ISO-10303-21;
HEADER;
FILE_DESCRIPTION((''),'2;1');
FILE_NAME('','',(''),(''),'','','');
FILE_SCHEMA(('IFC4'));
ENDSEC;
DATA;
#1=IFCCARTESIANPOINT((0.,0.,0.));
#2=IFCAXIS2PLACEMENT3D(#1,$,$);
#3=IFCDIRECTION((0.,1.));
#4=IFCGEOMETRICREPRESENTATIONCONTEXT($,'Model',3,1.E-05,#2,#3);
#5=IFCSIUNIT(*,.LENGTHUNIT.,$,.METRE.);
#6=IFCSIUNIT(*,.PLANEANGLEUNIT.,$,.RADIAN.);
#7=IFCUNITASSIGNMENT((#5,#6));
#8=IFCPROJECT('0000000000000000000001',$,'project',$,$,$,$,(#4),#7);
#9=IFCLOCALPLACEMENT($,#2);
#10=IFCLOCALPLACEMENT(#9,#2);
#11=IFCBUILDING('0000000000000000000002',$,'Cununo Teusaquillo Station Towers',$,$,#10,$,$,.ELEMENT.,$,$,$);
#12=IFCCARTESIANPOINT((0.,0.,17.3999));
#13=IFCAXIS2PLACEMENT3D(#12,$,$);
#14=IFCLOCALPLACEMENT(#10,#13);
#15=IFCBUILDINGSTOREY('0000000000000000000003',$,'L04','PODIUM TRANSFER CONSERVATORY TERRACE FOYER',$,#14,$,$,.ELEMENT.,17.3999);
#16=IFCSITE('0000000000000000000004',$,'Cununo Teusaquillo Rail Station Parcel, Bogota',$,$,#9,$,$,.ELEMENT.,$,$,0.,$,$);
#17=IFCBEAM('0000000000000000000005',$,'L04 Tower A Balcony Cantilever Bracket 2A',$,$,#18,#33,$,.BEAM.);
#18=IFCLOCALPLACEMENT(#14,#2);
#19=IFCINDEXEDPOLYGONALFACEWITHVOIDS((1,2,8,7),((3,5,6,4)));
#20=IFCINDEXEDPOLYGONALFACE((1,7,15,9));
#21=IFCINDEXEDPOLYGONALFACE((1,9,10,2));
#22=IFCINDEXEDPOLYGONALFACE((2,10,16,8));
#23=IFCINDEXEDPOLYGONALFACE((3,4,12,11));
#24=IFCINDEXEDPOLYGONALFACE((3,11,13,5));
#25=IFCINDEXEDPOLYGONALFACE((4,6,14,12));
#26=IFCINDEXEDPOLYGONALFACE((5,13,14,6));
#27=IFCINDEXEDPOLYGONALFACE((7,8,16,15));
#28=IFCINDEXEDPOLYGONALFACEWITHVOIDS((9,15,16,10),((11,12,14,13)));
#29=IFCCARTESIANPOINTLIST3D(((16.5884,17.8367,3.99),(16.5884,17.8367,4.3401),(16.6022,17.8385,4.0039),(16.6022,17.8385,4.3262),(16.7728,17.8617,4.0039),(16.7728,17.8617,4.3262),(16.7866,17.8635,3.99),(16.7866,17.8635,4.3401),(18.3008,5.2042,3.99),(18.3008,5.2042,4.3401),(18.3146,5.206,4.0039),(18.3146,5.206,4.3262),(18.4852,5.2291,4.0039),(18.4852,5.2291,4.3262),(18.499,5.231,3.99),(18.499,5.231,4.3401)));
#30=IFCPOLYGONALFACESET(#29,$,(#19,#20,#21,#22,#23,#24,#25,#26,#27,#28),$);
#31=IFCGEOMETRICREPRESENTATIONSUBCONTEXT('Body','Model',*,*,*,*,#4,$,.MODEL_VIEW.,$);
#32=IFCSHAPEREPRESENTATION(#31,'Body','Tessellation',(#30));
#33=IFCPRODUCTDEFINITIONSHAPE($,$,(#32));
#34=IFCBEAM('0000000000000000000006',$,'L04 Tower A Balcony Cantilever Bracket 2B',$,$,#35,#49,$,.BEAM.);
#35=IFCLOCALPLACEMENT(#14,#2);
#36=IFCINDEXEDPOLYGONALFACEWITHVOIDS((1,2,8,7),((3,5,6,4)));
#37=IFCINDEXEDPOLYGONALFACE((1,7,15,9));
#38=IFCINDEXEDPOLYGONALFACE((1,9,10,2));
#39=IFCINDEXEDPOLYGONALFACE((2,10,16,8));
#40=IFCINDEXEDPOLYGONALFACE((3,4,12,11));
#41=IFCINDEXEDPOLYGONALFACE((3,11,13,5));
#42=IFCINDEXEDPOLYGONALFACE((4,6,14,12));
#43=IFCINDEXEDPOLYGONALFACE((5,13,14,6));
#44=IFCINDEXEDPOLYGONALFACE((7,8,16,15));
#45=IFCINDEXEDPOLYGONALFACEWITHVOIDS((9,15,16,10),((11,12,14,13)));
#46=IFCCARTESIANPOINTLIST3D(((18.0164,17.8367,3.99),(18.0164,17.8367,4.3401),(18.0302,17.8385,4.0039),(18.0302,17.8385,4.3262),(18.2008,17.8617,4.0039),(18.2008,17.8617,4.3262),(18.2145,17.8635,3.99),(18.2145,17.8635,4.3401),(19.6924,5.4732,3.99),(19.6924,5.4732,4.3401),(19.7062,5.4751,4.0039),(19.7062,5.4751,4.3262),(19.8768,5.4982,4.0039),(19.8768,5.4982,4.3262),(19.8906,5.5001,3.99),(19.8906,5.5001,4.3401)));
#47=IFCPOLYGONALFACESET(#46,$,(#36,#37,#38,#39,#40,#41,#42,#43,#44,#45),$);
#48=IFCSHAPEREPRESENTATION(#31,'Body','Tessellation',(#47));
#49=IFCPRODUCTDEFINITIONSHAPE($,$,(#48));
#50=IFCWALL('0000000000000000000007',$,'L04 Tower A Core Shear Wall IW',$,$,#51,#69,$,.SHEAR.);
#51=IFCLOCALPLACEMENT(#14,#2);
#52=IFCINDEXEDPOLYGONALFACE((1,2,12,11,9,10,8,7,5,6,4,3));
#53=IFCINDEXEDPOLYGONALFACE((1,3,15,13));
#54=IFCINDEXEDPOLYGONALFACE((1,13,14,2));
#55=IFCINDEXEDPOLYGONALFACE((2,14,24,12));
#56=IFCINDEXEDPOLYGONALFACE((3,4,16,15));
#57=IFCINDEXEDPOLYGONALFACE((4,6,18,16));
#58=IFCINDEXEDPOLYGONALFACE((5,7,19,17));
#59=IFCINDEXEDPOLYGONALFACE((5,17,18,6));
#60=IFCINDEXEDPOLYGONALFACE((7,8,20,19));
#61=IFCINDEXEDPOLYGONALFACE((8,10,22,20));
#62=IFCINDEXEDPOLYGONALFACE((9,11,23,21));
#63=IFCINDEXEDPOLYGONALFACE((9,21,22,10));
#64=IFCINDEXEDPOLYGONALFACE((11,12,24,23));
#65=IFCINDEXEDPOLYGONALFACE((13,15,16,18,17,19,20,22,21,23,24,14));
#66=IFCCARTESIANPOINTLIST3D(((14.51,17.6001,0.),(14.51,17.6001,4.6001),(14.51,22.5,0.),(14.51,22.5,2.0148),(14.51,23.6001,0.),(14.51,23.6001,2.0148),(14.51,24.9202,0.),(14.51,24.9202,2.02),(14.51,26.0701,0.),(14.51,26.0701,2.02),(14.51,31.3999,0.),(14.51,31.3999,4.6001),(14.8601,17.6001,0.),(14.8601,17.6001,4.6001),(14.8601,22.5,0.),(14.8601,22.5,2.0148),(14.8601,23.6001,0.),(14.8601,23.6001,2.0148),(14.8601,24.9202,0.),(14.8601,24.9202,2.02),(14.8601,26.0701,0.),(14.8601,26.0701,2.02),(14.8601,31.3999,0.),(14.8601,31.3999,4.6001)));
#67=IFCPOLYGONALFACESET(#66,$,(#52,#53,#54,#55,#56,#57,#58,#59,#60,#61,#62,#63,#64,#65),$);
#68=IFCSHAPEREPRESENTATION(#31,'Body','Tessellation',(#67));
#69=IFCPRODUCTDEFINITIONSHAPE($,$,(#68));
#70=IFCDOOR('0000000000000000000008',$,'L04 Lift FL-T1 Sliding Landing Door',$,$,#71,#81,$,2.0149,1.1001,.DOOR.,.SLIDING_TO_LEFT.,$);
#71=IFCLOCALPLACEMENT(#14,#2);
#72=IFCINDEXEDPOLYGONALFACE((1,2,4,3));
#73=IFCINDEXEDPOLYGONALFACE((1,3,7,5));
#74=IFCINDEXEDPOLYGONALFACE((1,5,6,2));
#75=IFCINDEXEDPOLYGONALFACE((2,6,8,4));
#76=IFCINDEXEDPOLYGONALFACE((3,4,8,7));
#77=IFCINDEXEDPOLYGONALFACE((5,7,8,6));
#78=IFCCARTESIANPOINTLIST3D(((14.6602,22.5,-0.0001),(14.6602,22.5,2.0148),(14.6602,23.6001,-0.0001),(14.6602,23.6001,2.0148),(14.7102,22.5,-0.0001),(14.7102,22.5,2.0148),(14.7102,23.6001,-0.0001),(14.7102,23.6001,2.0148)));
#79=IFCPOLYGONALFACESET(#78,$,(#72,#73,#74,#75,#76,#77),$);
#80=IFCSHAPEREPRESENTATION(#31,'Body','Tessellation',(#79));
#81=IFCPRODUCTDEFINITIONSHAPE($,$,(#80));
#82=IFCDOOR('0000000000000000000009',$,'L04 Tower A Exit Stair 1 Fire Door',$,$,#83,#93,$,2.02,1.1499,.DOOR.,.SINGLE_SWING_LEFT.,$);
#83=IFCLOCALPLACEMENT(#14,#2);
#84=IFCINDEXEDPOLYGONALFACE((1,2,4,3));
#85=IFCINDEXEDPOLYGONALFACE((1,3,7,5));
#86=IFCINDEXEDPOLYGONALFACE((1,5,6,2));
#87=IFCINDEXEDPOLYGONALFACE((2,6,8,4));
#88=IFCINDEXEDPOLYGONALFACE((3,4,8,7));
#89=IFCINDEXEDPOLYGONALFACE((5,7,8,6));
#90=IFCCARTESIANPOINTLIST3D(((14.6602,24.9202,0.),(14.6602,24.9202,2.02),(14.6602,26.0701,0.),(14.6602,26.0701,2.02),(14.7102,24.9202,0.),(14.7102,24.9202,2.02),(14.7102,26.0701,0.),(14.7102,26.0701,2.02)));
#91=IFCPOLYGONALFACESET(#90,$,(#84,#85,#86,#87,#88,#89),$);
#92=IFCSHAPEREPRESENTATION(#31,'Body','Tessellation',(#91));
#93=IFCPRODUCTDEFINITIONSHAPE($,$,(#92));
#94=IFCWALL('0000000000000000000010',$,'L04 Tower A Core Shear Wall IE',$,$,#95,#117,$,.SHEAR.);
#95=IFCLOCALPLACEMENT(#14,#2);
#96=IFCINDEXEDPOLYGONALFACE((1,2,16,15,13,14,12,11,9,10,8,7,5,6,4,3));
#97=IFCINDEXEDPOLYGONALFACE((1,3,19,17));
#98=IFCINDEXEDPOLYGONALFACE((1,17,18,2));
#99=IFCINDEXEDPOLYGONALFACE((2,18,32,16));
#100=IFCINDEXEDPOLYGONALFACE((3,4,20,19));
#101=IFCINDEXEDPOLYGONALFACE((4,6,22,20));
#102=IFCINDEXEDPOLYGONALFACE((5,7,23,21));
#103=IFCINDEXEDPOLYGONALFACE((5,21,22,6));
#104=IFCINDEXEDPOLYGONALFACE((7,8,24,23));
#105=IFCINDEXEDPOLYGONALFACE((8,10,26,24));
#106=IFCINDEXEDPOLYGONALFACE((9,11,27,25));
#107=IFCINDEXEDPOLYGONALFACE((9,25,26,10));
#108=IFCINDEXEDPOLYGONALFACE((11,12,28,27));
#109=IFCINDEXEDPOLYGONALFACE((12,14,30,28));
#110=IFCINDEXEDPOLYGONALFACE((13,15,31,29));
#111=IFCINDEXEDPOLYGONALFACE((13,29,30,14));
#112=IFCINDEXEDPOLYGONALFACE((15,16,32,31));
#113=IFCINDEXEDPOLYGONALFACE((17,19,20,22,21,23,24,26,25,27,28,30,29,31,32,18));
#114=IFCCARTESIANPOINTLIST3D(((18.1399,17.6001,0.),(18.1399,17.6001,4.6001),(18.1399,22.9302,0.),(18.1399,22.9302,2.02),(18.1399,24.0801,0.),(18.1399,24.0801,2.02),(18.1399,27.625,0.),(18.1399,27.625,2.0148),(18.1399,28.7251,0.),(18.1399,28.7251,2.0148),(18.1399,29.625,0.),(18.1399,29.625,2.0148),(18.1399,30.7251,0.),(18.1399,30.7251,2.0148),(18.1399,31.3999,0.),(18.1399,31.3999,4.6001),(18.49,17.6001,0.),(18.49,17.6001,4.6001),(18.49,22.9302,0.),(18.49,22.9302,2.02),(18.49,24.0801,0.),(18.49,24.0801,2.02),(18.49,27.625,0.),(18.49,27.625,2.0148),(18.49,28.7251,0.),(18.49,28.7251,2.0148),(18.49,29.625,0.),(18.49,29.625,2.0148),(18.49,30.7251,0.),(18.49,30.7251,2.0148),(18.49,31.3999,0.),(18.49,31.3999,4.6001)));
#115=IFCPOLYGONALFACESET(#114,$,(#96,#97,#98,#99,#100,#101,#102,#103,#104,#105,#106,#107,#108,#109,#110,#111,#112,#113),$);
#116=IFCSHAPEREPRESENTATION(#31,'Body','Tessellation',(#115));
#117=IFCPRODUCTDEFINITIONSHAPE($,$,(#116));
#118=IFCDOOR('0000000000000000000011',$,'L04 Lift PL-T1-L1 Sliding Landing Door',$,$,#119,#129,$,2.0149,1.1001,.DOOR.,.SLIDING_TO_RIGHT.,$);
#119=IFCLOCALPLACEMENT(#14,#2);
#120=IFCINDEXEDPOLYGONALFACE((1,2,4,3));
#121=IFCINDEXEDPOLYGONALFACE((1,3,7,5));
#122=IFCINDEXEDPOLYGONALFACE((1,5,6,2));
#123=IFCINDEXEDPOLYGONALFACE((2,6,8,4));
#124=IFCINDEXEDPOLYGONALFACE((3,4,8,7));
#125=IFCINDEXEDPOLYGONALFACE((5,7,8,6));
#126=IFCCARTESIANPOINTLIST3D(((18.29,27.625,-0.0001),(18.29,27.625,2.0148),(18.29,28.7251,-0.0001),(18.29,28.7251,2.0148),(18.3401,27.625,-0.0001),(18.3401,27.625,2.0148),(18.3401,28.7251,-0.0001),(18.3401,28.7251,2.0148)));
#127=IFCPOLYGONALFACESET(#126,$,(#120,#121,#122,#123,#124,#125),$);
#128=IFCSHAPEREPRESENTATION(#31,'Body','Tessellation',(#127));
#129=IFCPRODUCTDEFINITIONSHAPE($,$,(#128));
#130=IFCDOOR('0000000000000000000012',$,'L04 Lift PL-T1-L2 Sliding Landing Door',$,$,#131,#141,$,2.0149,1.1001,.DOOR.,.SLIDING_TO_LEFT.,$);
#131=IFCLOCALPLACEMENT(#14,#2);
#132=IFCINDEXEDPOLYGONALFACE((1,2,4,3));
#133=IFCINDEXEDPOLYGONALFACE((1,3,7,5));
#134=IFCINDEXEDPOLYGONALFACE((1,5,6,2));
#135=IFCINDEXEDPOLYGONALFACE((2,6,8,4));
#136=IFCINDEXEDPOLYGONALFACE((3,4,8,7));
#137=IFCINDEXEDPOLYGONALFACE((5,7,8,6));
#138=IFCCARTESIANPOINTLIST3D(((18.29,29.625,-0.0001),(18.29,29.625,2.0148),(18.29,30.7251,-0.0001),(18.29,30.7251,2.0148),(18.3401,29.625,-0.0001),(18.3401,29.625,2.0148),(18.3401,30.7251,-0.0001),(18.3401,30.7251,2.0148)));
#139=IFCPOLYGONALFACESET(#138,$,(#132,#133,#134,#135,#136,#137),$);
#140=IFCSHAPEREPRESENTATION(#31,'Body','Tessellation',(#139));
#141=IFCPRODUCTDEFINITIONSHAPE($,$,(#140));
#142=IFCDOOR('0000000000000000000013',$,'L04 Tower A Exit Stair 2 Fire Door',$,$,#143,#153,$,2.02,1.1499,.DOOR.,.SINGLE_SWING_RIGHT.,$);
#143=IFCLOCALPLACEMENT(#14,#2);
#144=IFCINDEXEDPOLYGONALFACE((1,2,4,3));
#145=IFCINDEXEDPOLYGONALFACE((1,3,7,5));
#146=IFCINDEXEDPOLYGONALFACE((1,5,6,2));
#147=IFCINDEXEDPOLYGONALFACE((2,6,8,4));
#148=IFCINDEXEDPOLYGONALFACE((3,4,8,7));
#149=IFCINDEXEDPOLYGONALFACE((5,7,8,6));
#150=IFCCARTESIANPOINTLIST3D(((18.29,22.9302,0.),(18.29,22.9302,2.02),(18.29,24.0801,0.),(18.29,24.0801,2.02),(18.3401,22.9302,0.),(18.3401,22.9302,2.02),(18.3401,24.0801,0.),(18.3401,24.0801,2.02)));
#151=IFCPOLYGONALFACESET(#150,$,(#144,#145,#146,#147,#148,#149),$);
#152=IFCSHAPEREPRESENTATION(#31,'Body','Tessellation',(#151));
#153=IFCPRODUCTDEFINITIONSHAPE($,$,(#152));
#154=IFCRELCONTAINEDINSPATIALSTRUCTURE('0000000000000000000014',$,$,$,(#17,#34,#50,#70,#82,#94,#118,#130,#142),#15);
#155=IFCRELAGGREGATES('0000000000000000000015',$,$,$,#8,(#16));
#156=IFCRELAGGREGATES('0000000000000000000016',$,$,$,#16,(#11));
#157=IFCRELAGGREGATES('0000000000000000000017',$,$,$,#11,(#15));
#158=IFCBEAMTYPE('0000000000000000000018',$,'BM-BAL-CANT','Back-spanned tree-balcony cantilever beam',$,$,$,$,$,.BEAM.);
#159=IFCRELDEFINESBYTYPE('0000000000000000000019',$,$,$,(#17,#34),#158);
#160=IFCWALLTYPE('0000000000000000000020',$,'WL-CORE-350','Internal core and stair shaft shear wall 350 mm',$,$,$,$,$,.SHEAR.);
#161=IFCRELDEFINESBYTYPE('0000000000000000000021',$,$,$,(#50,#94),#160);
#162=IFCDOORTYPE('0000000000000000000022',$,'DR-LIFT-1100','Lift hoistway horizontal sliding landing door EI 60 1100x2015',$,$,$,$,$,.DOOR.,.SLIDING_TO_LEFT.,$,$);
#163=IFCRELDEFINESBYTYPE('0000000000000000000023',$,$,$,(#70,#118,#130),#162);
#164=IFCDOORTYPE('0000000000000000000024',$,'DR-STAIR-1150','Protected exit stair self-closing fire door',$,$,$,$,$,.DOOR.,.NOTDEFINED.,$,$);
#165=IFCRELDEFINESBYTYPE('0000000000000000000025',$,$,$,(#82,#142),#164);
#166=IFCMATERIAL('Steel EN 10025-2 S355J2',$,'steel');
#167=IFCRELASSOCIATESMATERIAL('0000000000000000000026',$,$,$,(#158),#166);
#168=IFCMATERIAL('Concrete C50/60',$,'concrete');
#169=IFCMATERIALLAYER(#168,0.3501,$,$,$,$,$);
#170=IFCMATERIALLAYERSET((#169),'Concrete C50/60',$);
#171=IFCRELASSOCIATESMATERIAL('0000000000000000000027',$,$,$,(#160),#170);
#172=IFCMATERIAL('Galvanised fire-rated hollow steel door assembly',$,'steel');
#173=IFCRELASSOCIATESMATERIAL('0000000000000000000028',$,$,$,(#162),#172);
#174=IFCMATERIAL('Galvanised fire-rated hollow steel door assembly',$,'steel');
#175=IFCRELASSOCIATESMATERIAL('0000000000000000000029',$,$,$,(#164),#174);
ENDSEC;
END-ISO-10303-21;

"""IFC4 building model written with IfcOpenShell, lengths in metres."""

from ifc_helpers import new_model, si_unit, direction, frame, frame_2d, origin, origin_2d, place, context, subcontext, project, spatial, rectangle, hollow_rectangle, extrude, source, transform, mapped, material, layer, layer_set, material_profile, profile_set, type_object, element, fill, save


model = new_model("IFC4")

# Units and contexts
model_context = context("Model", 3, precision=1e-05, world=origin(), true_north=direction((0.0, 1.0)))
body_context = subcontext(model_context, "Body", "Model", "MODEL_VIEW")
ifc_project = project(units=[si_unit("LENGTHUNIT", "METRE"), si_unit("PLANEANGLEUNIT", "RADIAN")], contexts=[model_context])

# Site, building, storey
site_placement = place(None, origin())
site = spatial("IfcSite", under=ifc_project, at=site_placement, Name="Cununo Teusaquillo Rail Station Parcel, Bogota", CompositionType="ELEMENT", RefElevation=0.0)
building_placement = place(site_placement, origin())
building = spatial("IfcBuilding", under=site, at=building_placement, Name="Cununo Teusaquillo Station Towers", CompositionType="ELEMENT")
storey_placement = place(building_placement, frame((0.0, 0.0, 17.3999)))
storey = spatial("IfcBuildingStorey", under=building, at=storey_placement, Name="L04", Description="PODIUM TRANSFER CONSERVATORY TERRACE FOYER", CompositionType="ELEMENT", Elevation=17.3999)

# Beams
ifc_material_1 = material(Name="Steel EN 10025-2 S355J2", Category="steel")
ifc_material_profile = material_profile(ifc_material_1, hollow_rectangle(XDim=0.2, YDim=0.3501, WallThickness=0.0139, at=origin_2d()), Name="RHS 350x200x14")
ifc_profile_set = profile_set([ifc_material_profile], Name="Steel EN 10025-2 S355J2")
beam_type = type_object("IfcBeamType", Name="BM-BAL-CANT", Description="Back-spanned tree-balcony cantilever beam", PredefinedType="BEAM", material=ifc_profile_set)
beam_1_placement = place(storey_placement, frame((16.6875, 17.8501, 4.165), z_axis=(0.134326, -0.990937, 0.0), x_axis=(0.990937, 0.134326, 0.0)))
element("IfcBeam", 1, at=beam_1_placement, inside=storey, type_object=beam_type, Name="L04 Tower A Balcony Cantilever Bracket 2A", PredefinedType="BEAM", context=body_context, shape_type="SweptSolid", body=[
    extrude(hollow_rectangle(XDim=0.2, YDim=0.3501, WallThickness=0.0139, at=origin_2d()), origin(), (0.0, 0.0, 1.0), 12.748),
])
beam_2_placement = place(storey_placement, frame((18.1155, 17.8501, 4.165), z_axis=(0.134333, -0.990936, 0.0), x_axis=(0.990936, 0.134333, 0.0)))
element("IfcBeam", 2, at=beam_2_placement, inside=storey, type_object=beam_type, Name="L04 Tower A Balcony Cantilever Bracket 2B", PredefinedType="BEAM", context=body_context, shape_type="SweptSolid", body=[
    extrude(hollow_rectangle(XDim=0.2, YDim=0.3501, WallThickness=0.0139, at=origin_2d()), origin(), (0.0, 0.0, 1.0), 12.4766),
])

# Walls, openings, doors
ifc_material_2 = material(Name="Concrete C50/60", Category="concrete")
ifc_layer_1 = layer(ifc_material_2, 0.3501)
ifc_layer_set_1 = layer_set([ifc_layer_1], Name="Concrete C50/60")
wall_type_1 = type_object("IfcWallType", Name="WL-CORE-350", Description="Internal core and stair shaft shear wall 350 mm", PredefinedType="SHEAR", material=ifc_layer_set_1)
wall_1_placement = place(storey_placement, frame((14.6851, 17.6001, 0.0), z_axis=(0.0, 0.0, 1.0), x_axis=(0.0, 1.0, 0.0)))
wall_1 = element("IfcWall", 3, at=wall_1_placement, inside=storey, type_object=wall_type_1, Name="L04 Tower A Core Shear Wall IW", PredefinedType="SHEAR", context=body_context, shape_type="SweptSolid", body=[
    extrude(rectangle(XDim=13.7998, YDim=0.3501, at=frame_2d((6.8999, 0.0))), origin(), (0.0, 0.0, 1.0), 4.6001),
])
shared_shape_1 = source(origin(), body_context, "Body", "SweptSolid", [
    extrude(rectangle(XDim=1.1001, YDim=2.0149, at=frame_2d((0.55, 1.0073))), frame((0.0, 0.1851, 0.0), z_axis=(0.0, -1.0, 0.0), x_axis=(1.0, 0.0, 0.0)), (0.0, 0.0, 1.0), 0.3701),
])
opening_1_placement = place(wall_1_placement, frame((4.8999, 0.0, 0.0)))
opening_1 = element("IfcOpeningElement", 4, at=opening_1_placement, cuts=wall_1, PredefinedType="OPENING", context=body_context, shape_type="MappedRepresentation", body=[
    mapped(shared_shape_1, transform((0.0, 0.0, 0.0), x_axis=(1.0, 0.0, 0.0), y_axis=(0.0, 1.0, 0.0), z_axis=(0.0, 0.0, 1.0), scale=1.0)),
])
shared_shape_2 = source(origin(), body_context, "Body", "SweptSolid", [
    extrude(rectangle(XDim=1.1499, YDim=2.02, at=frame_2d((0.575, 1.01))), frame((0.0, 0.1851, 0.0), z_axis=(0.0, -1.0, 0.0), x_axis=(1.0, 0.0, 0.0)), (0.0, 0.0, 1.0), 0.3701),
])
opening_2_placement = place(wall_1_placement, frame((7.3201, 0.0, 0.0)))
opening_2 = element("IfcOpeningElement", 5, at=opening_2_placement, cuts=wall_1, PredefinedType="OPENING", context=body_context, shape_type="MappedRepresentation", body=[
    mapped(shared_shape_2, transform((0.0, 0.0, 0.0), x_axis=(1.0, 0.0, 0.0), y_axis=(0.0, 1.0, 0.0), z_axis=(0.0, 0.0, 1.0), scale=1.0)),
])
ifc_material_3 = material(Name="Galvanised fire-rated hollow steel door assembly", Category="steel")
door_type_1 = type_object("IfcDoorType", Name="DR-LIFT-1100", Description="Lift hoistway horizontal sliding landing door EI 60 1100x2015", OperationType="SLIDING_TO_LEFT", PredefinedType="DOOR", material=ifc_material_3)
shared_shape_3 = source(origin(), body_context, "Body", "SweptSolid", [
    extrude(rectangle(XDim=1.1001, YDim=2.0149, at=frame_2d((0.55, 1.0073))), frame((0.0, 0.0249, 0.0), z_axis=(0.0, -1.0, 0.0), x_axis=(1.0, 0.0, 0.0)), (0.0, 0.0, 1.0), 0.05),
])
door_1_placement = place(opening_1_placement, origin())
door_1 = element("IfcDoor", 6, at=door_1_placement, inside=storey, type_object=door_type_1, Name="L04 Lift FL-T1 Sliding Landing Door", OperationType="SLIDING_TO_LEFT", OverallHeight=2.0149, OverallWidth=1.1001, PredefinedType="DOOR", context=body_context, shape_type="MappedRepresentation", body=[
    mapped(shared_shape_3, transform((0.0, 0.0, 0.0), x_axis=(1.0, 0.0, 0.0), y_axis=(0.0, 1.0, 0.0), z_axis=(0.0, 0.0, 1.0), scale=1.0)),
])
fill(opening_1, door_1)
ifc_material_4 = material(Name="Galvanised fire-rated hollow steel door assembly", Category="steel")
door_type_2 = type_object("IfcDoorType", Name="DR-STAIR-1150", Description="Protected exit stair self-closing fire door", OperationType="NOTDEFINED", PredefinedType="DOOR", material=ifc_material_4)
shared_shape_4 = source(origin(), body_context, "Body", "SweptSolid", [
    extrude(rectangle(XDim=1.1499, YDim=2.02, at=frame_2d((0.575, 1.01))), frame((0.0, 0.0249, 0.0), z_axis=(0.0, -1.0, 0.0), x_axis=(1.0, 0.0, 0.0)), (0.0, 0.0, 1.0), 0.05),
])
door_2_placement = place(opening_2_placement, origin())
door_2 = element("IfcDoor", 7, at=door_2_placement, inside=storey, type_object=door_type_2, Name="L04 Tower A Exit Stair 1 Fire Door", OperationType="SINGLE_SWING_LEFT", OverallHeight=2.02, OverallWidth=1.1499, PredefinedType="DOOR", context=body_context, shape_type="MappedRepresentation", body=[
    mapped(shared_shape_4, transform((0.0, 0.0, 0.0), x_axis=(1.0, 0.0, 0.0), y_axis=(0.0, 1.0, 0.0), z_axis=(0.0, 0.0, 1.0), scale=1.0)),
])
fill(opening_2, door_2)
wall_2_placement = place(storey_placement, frame((18.3149, 17.6001, 0.0), z_axis=(0.0, 0.0, 1.0), x_axis=(0.0, 1.0, 0.0)))
wall_2 = element("IfcWall", 8, at=wall_2_placement, inside=storey, type_object=wall_type_1, Name="L04 Tower A Core Shear Wall IE", PredefinedType="SHEAR", context=body_context, shape_type="SweptSolid", body=[
    extrude(rectangle(XDim=13.7998, YDim=0.3501, at=frame_2d((6.8999, 0.0))), origin(), (0.0, 0.0, 1.0), 4.6001),
])
opening_3_placement = place(wall_2_placement, frame((10.0249, 0.0, 0.0)))
opening_3 = element("IfcOpeningElement", 9, at=opening_3_placement, cuts=wall_2, PredefinedType="OPENING", context=body_context, shape_type="MappedRepresentation", body=[
    mapped(shared_shape_1, transform((0.0, 0.0, 0.0), x_axis=(1.0, 0.0, 0.0), y_axis=(0.0, 1.0, 0.0), z_axis=(0.0, 0.0, 1.0), scale=1.0)),
])
opening_4_placement = place(wall_2_placement, frame((12.0249, 0.0, 0.0)))
opening_4 = element("IfcOpeningElement", 10, at=opening_4_placement, cuts=wall_2, PredefinedType="OPENING", context=body_context, shape_type="MappedRepresentation", body=[
    mapped(shared_shape_1, transform((0.0, 0.0, 0.0), x_axis=(1.0, 0.0, 0.0), y_axis=(0.0, 1.0, 0.0), z_axis=(0.0, 0.0, 1.0), scale=1.0)),
])
opening_5_placement = place(wall_2_placement, frame((5.3301, 0.0, 0.0)))
opening_5 = element("IfcOpeningElement", 11, at=opening_5_placement, cuts=wall_2, PredefinedType="OPENING", context=body_context, shape_type="MappedRepresentation", body=[
    mapped(shared_shape_2, transform((0.0, 0.0, 0.0), x_axis=(1.0, 0.0, 0.0), y_axis=(0.0, 1.0, 0.0), z_axis=(0.0, 0.0, 1.0), scale=1.0)),
])
door_3_placement = place(opening_3_placement, origin())
door_3 = element("IfcDoor", 12, at=door_3_placement, inside=storey, type_object=door_type_1, Name="L04 Lift PL-T1-L1 Sliding Landing Door", OperationType="SLIDING_TO_RIGHT", OverallHeight=2.0149, OverallWidth=1.1001, PredefinedType="DOOR", context=body_context, shape_type="MappedRepresentation", body=[
    mapped(shared_shape_3, transform((0.0, 0.0, 0.0), x_axis=(1.0, 0.0, 0.0), y_axis=(0.0, 1.0, 0.0), z_axis=(0.0, 0.0, 1.0), scale=1.0)),
])
fill(opening_3, door_3)
door_4_placement = place(opening_4_placement, origin())
door_4 = element("IfcDoor", 13, at=door_4_placement, inside=storey, type_object=door_type_1, Name="L04 Lift PL-T1-L2 Sliding Landing Door", OperationType="SLIDING_TO_LEFT", OverallHeight=2.0149, OverallWidth=1.1001, PredefinedType="DOOR", context=body_context, shape_type="MappedRepresentation", body=[
    mapped(shared_shape_3, transform((0.0, 0.0, 0.0), x_axis=(1.0, 0.0, 0.0), y_axis=(0.0, 1.0, 0.0), z_axis=(0.0, 0.0, 1.0), scale=1.0)),
])
fill(opening_4, door_4)
door_5_placement = place(opening_5_placement, origin())
door_5 = element("IfcDoor", 14, at=door_5_placement, inside=storey, type_object=door_type_2, Name="L04 Tower A Exit Stair 2 Fire Door", OperationType="SINGLE_SWING_RIGHT", OverallHeight=2.02, OverallWidth=1.1499, PredefinedType="DOOR", context=body_context, shape_type="MappedRepresentation", body=[
    mapped(shared_shape_4, transform((0.0, 0.0, 0.0), x_axis=(1.0, 0.0, 0.0), y_axis=(0.0, 1.0, 0.0), z_axis=(0.0, 0.0, 1.0), scale=1.0)),
])
fill(opening_5, door_5)

save(model, "model.ifc")
